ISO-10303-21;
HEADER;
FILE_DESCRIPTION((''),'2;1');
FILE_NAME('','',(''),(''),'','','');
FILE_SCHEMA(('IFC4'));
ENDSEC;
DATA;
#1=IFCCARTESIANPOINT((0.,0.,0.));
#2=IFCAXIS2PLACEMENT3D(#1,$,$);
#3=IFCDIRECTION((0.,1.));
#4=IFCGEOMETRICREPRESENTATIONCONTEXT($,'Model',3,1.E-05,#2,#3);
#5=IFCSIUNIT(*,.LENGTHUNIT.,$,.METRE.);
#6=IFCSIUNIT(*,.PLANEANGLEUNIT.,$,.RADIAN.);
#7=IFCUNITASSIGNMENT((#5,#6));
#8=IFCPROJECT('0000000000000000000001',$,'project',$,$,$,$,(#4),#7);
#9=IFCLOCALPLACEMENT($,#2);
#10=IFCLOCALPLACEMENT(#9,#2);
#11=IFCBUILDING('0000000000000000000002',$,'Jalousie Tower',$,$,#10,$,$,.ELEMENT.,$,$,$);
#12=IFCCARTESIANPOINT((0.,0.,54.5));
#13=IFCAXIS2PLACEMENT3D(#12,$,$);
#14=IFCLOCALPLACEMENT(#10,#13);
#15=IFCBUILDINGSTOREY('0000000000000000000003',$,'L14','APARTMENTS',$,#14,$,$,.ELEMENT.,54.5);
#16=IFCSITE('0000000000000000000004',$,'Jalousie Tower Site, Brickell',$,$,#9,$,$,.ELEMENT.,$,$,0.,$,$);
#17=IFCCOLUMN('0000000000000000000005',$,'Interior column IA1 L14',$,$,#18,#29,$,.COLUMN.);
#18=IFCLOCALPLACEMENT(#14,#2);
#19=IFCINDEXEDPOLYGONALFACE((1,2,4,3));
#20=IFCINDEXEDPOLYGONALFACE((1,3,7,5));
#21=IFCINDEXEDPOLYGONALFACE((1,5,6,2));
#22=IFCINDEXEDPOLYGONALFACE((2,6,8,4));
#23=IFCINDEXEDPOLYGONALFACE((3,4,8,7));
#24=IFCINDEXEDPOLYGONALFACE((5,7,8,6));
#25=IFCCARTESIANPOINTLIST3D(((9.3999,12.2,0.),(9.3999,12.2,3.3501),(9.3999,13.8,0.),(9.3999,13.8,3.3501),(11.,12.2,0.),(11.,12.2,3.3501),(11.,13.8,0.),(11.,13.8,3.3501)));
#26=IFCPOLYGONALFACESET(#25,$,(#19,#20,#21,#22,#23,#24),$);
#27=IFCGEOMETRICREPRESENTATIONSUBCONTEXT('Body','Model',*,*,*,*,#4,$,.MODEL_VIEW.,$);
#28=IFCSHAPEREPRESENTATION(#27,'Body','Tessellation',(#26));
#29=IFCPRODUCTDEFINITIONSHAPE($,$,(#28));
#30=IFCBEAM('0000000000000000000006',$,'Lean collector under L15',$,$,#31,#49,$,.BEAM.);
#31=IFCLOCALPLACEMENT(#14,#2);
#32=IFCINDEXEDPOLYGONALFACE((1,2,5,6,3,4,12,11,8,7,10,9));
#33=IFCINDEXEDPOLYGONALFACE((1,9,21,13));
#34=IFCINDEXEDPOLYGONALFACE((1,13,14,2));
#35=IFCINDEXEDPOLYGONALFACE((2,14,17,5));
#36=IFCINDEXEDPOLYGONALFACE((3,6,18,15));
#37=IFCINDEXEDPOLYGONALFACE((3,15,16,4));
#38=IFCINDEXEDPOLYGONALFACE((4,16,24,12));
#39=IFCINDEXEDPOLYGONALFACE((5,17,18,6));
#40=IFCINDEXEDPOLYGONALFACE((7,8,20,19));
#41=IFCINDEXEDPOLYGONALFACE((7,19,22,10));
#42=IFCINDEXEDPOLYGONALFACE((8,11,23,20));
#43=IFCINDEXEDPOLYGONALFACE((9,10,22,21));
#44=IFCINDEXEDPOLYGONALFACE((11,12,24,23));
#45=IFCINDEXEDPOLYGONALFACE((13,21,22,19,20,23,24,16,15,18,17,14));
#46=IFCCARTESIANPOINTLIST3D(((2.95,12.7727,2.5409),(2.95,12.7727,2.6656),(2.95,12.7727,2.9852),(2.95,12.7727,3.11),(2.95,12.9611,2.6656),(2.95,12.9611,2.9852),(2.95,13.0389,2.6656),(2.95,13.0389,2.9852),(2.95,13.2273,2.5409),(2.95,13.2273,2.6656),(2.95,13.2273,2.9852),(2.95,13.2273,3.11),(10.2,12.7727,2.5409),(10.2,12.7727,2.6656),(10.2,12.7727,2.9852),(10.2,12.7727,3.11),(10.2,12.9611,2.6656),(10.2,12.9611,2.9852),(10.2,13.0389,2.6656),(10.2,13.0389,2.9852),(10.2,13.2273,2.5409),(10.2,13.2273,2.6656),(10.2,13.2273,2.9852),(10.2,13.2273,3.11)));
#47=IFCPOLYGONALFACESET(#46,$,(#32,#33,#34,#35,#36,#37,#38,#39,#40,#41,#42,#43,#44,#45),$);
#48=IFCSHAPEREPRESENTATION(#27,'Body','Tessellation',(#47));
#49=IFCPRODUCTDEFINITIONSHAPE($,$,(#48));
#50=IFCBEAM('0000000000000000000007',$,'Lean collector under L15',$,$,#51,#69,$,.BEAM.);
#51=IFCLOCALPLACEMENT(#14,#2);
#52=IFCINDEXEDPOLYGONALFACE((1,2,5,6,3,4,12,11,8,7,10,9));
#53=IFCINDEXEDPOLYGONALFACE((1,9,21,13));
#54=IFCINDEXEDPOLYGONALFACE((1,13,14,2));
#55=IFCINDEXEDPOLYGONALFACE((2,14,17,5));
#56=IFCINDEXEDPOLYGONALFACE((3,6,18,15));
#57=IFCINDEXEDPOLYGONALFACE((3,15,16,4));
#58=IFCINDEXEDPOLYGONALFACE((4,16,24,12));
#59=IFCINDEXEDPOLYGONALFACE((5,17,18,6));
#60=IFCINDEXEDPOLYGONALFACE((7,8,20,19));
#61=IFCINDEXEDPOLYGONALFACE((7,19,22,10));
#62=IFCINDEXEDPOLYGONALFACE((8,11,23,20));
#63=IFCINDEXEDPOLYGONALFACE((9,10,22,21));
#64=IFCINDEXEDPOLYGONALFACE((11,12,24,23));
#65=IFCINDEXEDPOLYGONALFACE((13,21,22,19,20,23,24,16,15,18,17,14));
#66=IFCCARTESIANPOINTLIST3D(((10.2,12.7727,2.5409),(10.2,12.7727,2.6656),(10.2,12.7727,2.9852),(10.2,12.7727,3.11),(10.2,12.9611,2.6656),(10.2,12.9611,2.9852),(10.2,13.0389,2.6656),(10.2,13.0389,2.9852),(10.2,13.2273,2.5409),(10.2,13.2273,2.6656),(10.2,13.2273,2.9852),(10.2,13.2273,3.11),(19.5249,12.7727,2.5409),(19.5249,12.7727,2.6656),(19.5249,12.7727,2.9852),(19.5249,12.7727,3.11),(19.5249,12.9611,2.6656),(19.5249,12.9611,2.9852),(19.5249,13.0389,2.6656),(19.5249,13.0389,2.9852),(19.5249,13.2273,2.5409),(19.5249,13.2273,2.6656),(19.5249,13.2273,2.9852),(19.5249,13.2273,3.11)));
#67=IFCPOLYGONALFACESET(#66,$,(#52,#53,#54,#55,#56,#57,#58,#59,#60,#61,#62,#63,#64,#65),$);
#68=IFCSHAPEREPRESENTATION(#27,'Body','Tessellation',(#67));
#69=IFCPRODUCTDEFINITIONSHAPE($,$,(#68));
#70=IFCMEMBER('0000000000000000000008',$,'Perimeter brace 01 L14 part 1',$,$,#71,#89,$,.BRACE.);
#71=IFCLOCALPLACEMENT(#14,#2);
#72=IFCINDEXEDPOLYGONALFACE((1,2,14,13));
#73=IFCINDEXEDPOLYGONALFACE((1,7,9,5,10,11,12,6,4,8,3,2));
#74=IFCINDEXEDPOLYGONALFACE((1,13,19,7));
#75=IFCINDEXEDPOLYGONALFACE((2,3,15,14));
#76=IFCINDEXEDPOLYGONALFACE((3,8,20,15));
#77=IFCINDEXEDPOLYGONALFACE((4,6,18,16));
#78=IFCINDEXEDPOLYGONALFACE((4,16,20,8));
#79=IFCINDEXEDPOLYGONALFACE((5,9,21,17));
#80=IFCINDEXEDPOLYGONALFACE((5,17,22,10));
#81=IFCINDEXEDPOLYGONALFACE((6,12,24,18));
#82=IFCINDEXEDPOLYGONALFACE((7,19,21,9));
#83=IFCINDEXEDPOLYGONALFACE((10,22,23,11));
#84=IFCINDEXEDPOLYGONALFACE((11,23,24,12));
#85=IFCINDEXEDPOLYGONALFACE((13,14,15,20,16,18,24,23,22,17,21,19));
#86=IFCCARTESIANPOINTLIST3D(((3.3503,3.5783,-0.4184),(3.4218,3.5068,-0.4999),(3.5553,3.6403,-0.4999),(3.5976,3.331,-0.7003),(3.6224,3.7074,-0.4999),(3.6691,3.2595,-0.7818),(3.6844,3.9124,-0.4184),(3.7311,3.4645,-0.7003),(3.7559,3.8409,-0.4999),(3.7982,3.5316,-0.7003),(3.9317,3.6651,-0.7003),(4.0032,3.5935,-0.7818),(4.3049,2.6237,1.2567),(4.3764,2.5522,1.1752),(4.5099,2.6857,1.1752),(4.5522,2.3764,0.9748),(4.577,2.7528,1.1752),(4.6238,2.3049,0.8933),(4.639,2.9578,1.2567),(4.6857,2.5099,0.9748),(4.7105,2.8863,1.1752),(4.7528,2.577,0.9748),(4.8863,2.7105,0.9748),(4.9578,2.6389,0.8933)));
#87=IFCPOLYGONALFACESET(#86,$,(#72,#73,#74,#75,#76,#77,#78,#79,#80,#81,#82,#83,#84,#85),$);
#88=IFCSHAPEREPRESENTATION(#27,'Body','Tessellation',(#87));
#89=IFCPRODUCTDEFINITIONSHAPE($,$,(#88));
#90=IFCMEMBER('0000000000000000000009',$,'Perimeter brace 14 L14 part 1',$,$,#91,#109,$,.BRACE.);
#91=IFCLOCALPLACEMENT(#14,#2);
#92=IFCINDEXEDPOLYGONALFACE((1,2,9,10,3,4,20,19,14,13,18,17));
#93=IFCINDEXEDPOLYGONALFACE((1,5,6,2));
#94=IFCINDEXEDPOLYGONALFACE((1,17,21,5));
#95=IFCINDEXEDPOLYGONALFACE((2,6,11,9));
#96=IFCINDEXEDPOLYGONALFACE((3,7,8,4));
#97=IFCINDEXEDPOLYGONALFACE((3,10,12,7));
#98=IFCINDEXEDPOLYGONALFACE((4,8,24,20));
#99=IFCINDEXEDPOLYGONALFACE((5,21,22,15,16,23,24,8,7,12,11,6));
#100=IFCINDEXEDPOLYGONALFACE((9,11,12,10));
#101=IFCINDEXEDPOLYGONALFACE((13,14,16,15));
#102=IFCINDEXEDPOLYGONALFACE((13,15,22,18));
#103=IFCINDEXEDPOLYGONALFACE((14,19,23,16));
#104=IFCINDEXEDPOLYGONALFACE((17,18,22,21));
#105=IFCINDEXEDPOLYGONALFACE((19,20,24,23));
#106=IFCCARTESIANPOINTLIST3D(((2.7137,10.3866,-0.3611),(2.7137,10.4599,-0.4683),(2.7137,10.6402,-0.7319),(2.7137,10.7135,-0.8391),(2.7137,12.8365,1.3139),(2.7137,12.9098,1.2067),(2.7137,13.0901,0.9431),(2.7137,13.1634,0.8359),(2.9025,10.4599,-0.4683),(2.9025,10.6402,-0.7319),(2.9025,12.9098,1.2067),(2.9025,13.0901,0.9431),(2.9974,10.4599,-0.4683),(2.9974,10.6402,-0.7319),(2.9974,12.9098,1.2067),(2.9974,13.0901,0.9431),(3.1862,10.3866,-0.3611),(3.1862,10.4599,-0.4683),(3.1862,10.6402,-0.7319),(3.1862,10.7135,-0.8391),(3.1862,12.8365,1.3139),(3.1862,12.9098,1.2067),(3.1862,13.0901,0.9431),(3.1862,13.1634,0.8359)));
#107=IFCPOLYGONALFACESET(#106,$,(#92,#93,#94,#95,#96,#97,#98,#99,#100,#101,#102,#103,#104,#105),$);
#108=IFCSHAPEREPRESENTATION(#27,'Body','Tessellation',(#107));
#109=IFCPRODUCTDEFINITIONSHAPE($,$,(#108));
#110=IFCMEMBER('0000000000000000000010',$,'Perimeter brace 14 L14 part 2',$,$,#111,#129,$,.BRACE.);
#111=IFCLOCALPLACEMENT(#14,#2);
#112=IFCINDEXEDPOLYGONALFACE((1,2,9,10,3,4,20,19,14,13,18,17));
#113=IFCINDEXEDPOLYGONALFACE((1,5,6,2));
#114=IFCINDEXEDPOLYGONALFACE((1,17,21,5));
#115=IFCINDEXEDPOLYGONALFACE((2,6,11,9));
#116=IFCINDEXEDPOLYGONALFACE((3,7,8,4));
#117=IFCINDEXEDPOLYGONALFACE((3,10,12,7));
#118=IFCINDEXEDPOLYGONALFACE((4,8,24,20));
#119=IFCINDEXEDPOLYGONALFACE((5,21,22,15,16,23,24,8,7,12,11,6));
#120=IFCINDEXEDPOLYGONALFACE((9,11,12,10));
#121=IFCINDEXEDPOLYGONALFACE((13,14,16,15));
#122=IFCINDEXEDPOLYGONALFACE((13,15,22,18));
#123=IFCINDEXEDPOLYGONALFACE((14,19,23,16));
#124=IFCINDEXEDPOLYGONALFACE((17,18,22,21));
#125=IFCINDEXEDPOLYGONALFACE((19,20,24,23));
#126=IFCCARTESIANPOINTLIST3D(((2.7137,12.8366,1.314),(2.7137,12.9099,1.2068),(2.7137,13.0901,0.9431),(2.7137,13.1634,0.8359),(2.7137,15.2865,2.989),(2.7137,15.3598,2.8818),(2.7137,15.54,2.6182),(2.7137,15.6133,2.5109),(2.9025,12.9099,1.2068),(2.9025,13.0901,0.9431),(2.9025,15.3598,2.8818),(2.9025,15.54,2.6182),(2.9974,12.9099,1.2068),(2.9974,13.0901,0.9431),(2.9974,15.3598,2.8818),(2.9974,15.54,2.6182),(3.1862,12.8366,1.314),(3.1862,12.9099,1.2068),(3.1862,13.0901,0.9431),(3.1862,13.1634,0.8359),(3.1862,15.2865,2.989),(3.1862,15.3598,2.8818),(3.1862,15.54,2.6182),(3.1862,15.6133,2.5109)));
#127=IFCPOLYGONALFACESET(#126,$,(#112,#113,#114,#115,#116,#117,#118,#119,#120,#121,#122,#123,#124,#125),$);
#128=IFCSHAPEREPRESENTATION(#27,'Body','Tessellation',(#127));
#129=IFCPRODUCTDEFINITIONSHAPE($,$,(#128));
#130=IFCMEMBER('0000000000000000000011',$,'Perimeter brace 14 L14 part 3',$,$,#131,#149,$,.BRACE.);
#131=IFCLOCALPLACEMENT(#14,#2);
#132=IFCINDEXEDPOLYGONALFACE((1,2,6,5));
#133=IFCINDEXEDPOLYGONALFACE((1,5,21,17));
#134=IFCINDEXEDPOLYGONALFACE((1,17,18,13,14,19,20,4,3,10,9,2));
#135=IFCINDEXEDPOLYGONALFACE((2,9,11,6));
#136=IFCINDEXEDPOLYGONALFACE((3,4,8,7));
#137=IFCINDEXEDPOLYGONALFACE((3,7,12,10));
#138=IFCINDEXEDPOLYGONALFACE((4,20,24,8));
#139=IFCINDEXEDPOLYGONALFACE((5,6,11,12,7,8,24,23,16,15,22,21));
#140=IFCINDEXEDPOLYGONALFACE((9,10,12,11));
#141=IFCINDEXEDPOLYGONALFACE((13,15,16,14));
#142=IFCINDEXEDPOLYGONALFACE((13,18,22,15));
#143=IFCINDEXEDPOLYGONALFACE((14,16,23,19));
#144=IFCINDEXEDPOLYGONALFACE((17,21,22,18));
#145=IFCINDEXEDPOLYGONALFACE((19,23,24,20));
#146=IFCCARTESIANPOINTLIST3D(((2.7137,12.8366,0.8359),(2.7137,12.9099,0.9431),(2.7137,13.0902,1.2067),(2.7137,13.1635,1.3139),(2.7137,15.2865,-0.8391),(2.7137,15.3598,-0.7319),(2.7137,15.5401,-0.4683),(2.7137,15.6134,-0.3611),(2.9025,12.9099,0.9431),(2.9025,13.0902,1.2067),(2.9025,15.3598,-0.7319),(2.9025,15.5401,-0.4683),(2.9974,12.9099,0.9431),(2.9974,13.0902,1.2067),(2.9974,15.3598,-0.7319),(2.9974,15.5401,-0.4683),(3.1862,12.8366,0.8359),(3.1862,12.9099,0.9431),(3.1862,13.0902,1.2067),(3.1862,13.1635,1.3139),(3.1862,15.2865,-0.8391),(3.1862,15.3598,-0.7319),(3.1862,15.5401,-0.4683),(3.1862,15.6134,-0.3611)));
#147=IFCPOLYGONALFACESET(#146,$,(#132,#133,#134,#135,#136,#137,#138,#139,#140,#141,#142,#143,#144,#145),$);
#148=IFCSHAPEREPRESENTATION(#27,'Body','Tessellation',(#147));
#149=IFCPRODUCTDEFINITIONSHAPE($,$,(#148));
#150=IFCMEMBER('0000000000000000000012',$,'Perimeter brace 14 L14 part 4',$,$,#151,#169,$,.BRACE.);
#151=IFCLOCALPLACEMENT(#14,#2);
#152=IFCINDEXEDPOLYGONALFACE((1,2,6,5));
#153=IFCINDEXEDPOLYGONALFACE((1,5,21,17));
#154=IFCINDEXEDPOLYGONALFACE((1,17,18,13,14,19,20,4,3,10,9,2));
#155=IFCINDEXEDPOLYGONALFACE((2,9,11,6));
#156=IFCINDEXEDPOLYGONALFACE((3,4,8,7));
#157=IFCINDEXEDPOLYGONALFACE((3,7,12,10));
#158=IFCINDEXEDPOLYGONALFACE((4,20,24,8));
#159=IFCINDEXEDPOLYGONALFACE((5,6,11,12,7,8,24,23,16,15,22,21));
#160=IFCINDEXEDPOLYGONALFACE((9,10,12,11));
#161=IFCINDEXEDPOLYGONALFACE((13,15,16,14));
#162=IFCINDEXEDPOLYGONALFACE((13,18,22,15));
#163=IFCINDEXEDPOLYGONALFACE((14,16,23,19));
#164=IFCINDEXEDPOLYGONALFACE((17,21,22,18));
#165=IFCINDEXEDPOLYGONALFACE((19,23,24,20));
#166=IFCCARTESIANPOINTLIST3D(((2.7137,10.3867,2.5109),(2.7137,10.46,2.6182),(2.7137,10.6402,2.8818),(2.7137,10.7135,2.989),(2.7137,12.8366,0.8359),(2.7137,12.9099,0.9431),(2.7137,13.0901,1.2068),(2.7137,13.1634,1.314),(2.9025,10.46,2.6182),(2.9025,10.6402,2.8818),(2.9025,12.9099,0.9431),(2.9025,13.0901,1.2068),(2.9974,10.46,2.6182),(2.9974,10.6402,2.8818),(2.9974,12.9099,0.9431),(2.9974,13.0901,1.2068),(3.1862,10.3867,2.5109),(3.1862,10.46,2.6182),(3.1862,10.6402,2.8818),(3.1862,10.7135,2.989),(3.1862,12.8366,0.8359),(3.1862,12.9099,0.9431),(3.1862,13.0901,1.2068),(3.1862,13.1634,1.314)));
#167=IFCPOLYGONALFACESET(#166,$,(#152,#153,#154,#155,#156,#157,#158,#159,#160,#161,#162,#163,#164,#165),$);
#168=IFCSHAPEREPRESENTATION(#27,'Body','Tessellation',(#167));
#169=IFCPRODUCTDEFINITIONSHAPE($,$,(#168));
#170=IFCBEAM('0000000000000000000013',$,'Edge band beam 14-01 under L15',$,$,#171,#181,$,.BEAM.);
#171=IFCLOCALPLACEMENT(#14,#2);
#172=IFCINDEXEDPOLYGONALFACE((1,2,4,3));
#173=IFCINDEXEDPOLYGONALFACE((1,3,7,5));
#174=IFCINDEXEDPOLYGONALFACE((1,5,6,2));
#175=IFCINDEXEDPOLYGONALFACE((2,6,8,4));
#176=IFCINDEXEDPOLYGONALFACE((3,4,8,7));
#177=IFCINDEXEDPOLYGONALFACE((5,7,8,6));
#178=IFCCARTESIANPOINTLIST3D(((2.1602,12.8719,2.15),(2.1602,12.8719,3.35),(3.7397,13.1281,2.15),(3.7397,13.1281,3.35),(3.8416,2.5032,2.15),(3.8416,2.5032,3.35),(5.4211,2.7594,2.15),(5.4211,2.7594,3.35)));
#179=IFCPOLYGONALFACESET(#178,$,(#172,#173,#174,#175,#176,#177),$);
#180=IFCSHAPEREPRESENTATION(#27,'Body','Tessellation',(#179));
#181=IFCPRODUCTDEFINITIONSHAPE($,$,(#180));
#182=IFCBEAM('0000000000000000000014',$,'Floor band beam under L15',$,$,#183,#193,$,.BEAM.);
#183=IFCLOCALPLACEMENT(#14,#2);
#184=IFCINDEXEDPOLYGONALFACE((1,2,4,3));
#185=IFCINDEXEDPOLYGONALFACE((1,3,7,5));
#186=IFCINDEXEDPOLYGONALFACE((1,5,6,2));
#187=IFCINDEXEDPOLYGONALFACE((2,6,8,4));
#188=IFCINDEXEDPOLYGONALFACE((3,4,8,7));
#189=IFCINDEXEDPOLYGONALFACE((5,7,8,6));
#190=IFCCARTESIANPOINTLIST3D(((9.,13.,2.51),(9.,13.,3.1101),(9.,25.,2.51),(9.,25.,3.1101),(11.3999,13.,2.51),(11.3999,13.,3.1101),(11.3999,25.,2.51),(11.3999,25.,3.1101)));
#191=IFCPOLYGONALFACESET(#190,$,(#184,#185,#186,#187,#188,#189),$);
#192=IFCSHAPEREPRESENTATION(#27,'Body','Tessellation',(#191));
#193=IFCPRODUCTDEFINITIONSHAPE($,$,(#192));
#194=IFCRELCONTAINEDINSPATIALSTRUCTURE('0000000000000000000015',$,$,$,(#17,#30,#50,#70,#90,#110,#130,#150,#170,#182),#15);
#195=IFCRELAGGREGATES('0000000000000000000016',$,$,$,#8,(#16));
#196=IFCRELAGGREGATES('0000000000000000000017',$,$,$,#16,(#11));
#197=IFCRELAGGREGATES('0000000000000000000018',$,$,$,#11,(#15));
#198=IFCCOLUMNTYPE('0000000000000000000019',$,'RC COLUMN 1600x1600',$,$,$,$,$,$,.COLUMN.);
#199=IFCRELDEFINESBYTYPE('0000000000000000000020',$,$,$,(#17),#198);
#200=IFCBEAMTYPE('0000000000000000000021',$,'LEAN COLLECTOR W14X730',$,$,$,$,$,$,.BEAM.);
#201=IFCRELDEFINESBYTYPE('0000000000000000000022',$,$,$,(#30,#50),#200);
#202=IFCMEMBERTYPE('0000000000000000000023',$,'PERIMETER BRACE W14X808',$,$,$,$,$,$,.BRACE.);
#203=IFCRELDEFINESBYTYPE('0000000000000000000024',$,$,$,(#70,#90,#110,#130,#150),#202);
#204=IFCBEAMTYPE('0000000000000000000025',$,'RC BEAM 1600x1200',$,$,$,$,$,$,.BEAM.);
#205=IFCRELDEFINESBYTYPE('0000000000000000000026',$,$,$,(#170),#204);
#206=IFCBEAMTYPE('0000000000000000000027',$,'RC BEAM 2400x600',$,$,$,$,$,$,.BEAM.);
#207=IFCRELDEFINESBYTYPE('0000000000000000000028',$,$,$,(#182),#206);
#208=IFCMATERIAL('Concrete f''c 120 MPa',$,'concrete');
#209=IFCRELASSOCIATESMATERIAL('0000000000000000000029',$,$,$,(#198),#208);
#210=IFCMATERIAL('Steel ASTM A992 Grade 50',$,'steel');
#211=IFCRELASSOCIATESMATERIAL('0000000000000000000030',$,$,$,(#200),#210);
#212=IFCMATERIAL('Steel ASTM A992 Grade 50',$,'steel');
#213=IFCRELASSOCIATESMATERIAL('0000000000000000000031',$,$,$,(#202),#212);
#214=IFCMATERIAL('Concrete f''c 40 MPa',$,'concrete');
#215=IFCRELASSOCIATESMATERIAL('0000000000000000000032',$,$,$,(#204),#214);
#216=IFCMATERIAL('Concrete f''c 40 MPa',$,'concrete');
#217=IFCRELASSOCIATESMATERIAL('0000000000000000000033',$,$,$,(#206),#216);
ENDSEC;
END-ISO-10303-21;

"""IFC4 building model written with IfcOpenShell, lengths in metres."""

from ifc_helpers import new_model, si_unit, direction, frame, origin, origin_2d, place, context, subcontext, project, spatial, rectangle, i_section, extrude, material, material_profile, profile_set, type_object, element, save


model = new_model("IFC4")

# Units and contexts
model_context = context("Model", 3, precision=1e-05, world=origin(), true_north=direction((0.0, 1.0)))
body_context = subcontext(model_context, "Body", "Model", "MODEL_VIEW")
ifc_project = project(units=[si_unit("LENGTHUNIT", "METRE"), si_unit("PLANEANGLEUNIT", "RADIAN")], contexts=[model_context])

# Site, building, storey
site_placement = place(None, origin())
site = spatial("IfcSite", under=ifc_project, at=site_placement, Name="Jalousie Tower Site, Brickell", CompositionType="ELEMENT", RefElevation=0.0)
building_placement = place(site_placement, origin())
building = spatial("IfcBuilding", under=site, at=building_placement, Name="Jalousie Tower", CompositionType="ELEMENT")
storey_placement = place(building_placement, frame((0.0, 0.0, 54.5)))
storey = spatial("IfcBuildingStorey", under=building, at=storey_placement, Name="L14", Description="APARTMENTS", CompositionType="ELEMENT", Elevation=54.5)

# Column
ifc_material_1 = material(Name="Concrete f'c 120 MPa", Category="concrete")
ifc_material_profile_1 = material_profile(ifc_material_1, rectangle(XDim=1.6001, YDim=1.6001, at=origin_2d()), Name="RC 1600x1600")
ifc_profile_set_1 = profile_set([ifc_material_profile_1], Name="Concrete f'c 120 MPa")
column_type = type_object("IfcColumnType", Name="RC COLUMN 1600x1600", PredefinedType="COLUMN", material=ifc_profile_set_1)
column_placement = place(storey_placement, frame((10.2, 13.0, 0.0), z_axis=(0.0, 0.0, 1.0), x_axis=(1.0, 0.0, 0.0)))
element("IfcColumn", 1, at=column_placement, inside=storey, type_object=column_type, Name="Interior column IA1 L14", PredefinedType="COLUMN", context=body_context, shape_type="SweptSolid", body=[
    extrude(rectangle(XDim=1.6001, YDim=1.6001, at=origin_2d()), origin(), (0.0, 0.0, 1.0), 3.3501),
])

# Beams
ifc_material_2 = material(Name="Steel ASTM A992 Grade 50", Category="steel")
ifc_material_profile_2 = material_profile(ifc_material_2, i_section(OverallWidth=0.4546, OverallDepth=0.5691, WebThickness=0.0779, FlangeThickness=0.1248, at=origin_2d()), Name="W14X730")
ifc_profile_set_2 = profile_set([ifc_material_profile_2], Name="Steel ASTM A992 Grade 50")
beam_type_1 = type_object("IfcBeamType", Name="LEAN COLLECTOR W14X730", PredefinedType="BEAM", material=ifc_profile_set_2)
beam_1_placement = place(storey_placement, frame((2.95, 13.0, 2.8254), z_axis=(1.0, 0.0, 0.0), x_axis=(0.0, 1.0, 0.0)))
element("IfcBeam", 2, at=beam_1_placement, inside=storey, type_object=beam_type_1, Name="Lean collector under L15", PredefinedType="BEAM", context=body_context, shape_type="SweptSolid", body=[
    extrude(i_section(OverallWidth=0.4546, OverallDepth=0.5691, WebThickness=0.0779, FlangeThickness=0.1248, at=origin_2d()), origin(), (0.0, 0.0, 1.0), 7.25),
])
beam_2_placement = place(storey_placement, frame((10.2, 13.0, 2.8254), z_axis=(1.0, 0.0, 0.0), x_axis=(0.0, 1.0, 0.0)))
element("IfcBeam", 3, at=beam_2_placement, inside=storey, type_object=beam_type_1, Name="Lean collector under L15", PredefinedType="BEAM", context=body_context, shape_type="SweptSolid", body=[
    extrude(i_section(OverallWidth=0.4546, OverallDepth=0.5691, WebThickness=0.0779, FlangeThickness=0.1248, at=origin_2d()), origin(), (0.0, 0.0, 1.0), 9.325),
])

# Members
ifc_material_3 = material(Name="Steel ASTM A992 Grade 50", Category="steel")
ifc_material_profile_3 = material_profile(ifc_material_3, i_section(OverallWidth=0.4724, OverallDepth=0.5791, WebThickness=0.095, FlangeThickness=0.1299, at=origin_2d()), Name="W14X808")
ifc_profile_set_3 = profile_set([ifc_material_profile_3], Name="Steel ASTM A992 Grade 50")
member_type_1 = type_object("IfcMemberType", Name="PERIMETER BRACE W14X808", PredefinedType="BRACE", material=ifc_profile_set_3)
member_1_placement = place(storey_placement, frame((3.6768, 3.5859, -0.6001), z_axis=(0.443718, -0.443718, 0.778607), x_axis=(0.707107, 0.707107, 0.0)))
element("IfcMember", 4, at=member_1_placement, inside=storey, type_object=member_type_1, Name="Perimeter brace 01 L14 part 1", PredefinedType="BRACE", context=body_context, shape_type="SweptSolid", body=[
    extrude(i_section(OverallWidth=0.4724, OverallDepth=0.5791, WebThickness=0.095, FlangeThickness=0.1299, at=origin_2d()), origin(), (0.0, 0.0, 1.0), 2.1514),
])
for number, where, z_axis, x_axis, name in (
    (5, (2.95, 10.55, -0.6001), (0.0, 0.825501, 0.564401), (-1.0, 0.0, 0.0), "Perimeter brace 14 L14 part 1"),
    (6, (2.95, 13.0, 1.075), (0.0, 0.825501, 0.564401), (-1.0, 0.0, 0.0), "Perimeter brace 14 L14 part 2"),
    (7, (2.95, 15.45, -0.6001), (0.0, -0.825501, 0.564401), (1.0, 0.0, 0.0), "Perimeter brace 14 L14 part 3"),
    (8, (2.95, 13.0, 1.075), (0.0, -0.825501, 0.564401), (1.0, 0.0, 0.0), "Perimeter brace 14 L14 part 4"),
):
    element("IfcMember", number, at=place(storey_placement, frame(where, z_axis=z_axis, x_axis=x_axis)), inside=storey, type_object=member_type_1, Name=name, PredefinedType="BRACE", context=body_context, shape_type="SweptSolid", body=[
        extrude(i_section(OverallWidth=0.4724, OverallDepth=0.5791, WebThickness=0.095, FlangeThickness=0.1299, at=origin_2d()), origin(), (0.0, 0.0, 1.0), 2.9678),
    ])

# Beams
ifc_material_4 = material(Name="Concrete f'c 40 MPa", Category="concrete")
ifc_material_profile_4 = material_profile(ifc_material_4, rectangle(XDim=1.6001, YDim=1.2, at=origin_2d()), Name="RC 1600x1200")
ifc_profile_set_4 = profile_set([ifc_material_profile_4], Name="Concrete f'c 40 MPa")
beam_type_2 = type_object("IfcBeamType", Name="RC BEAM 1600x1200", PredefinedType="BEAM", material=ifc_profile_set_4)
beam_3_placement = place(storey_placement, frame((2.95, 13.0, 2.75), z_axis=(0.160071, -0.987106, 0.0), x_axis=(0.987106, 0.160071, 0.0)))
element("IfcBeam", 9, at=beam_3_placement, inside=storey, type_object=beam_type_2, Name="Edge band beam 14-01 under L15", PredefinedType="BEAM", context=body_context, shape_type="SweptSolid", body=[
    extrude(rectangle(XDim=1.6001, YDim=1.2, at=origin_2d()), origin(), (0.0, 0.0, 1.0), 10.5042),
])
ifc_material_5 = material(Name="Concrete f'c 40 MPa", Category="concrete")
ifc_material_profile_5 = material_profile(ifc_material_5, rectangle(XDim=2.3999, YDim=0.6001, at=origin_2d()), Name="RC 2400x600")
ifc_profile_set_5 = profile_set([ifc_material_profile_5], Name="Concrete f'c 40 MPa")
beam_type_3 = type_object("IfcBeamType", Name="RC BEAM 2400x600", PredefinedType="BEAM", material=ifc_profile_set_5)
beam_4_placement = place(storey_placement, frame((10.2, 13.0, 2.8101), z_axis=(0.0, 1.0, 0.0), x_axis=(-1.0, 0.0, 0.0)))
element("IfcBeam", 10, at=beam_4_placement, inside=storey, type_object=beam_type_3, Name="Floor band beam under L15", PredefinedType="BEAM", context=body_context, shape_type="SweptSolid", body=[
    extrude(rectangle(XDim=2.3999, YDim=0.6001, at=origin_2d()), origin(), (0.0, 0.0, 1.0), 12.0),
])

save(model, "model.ifc")
